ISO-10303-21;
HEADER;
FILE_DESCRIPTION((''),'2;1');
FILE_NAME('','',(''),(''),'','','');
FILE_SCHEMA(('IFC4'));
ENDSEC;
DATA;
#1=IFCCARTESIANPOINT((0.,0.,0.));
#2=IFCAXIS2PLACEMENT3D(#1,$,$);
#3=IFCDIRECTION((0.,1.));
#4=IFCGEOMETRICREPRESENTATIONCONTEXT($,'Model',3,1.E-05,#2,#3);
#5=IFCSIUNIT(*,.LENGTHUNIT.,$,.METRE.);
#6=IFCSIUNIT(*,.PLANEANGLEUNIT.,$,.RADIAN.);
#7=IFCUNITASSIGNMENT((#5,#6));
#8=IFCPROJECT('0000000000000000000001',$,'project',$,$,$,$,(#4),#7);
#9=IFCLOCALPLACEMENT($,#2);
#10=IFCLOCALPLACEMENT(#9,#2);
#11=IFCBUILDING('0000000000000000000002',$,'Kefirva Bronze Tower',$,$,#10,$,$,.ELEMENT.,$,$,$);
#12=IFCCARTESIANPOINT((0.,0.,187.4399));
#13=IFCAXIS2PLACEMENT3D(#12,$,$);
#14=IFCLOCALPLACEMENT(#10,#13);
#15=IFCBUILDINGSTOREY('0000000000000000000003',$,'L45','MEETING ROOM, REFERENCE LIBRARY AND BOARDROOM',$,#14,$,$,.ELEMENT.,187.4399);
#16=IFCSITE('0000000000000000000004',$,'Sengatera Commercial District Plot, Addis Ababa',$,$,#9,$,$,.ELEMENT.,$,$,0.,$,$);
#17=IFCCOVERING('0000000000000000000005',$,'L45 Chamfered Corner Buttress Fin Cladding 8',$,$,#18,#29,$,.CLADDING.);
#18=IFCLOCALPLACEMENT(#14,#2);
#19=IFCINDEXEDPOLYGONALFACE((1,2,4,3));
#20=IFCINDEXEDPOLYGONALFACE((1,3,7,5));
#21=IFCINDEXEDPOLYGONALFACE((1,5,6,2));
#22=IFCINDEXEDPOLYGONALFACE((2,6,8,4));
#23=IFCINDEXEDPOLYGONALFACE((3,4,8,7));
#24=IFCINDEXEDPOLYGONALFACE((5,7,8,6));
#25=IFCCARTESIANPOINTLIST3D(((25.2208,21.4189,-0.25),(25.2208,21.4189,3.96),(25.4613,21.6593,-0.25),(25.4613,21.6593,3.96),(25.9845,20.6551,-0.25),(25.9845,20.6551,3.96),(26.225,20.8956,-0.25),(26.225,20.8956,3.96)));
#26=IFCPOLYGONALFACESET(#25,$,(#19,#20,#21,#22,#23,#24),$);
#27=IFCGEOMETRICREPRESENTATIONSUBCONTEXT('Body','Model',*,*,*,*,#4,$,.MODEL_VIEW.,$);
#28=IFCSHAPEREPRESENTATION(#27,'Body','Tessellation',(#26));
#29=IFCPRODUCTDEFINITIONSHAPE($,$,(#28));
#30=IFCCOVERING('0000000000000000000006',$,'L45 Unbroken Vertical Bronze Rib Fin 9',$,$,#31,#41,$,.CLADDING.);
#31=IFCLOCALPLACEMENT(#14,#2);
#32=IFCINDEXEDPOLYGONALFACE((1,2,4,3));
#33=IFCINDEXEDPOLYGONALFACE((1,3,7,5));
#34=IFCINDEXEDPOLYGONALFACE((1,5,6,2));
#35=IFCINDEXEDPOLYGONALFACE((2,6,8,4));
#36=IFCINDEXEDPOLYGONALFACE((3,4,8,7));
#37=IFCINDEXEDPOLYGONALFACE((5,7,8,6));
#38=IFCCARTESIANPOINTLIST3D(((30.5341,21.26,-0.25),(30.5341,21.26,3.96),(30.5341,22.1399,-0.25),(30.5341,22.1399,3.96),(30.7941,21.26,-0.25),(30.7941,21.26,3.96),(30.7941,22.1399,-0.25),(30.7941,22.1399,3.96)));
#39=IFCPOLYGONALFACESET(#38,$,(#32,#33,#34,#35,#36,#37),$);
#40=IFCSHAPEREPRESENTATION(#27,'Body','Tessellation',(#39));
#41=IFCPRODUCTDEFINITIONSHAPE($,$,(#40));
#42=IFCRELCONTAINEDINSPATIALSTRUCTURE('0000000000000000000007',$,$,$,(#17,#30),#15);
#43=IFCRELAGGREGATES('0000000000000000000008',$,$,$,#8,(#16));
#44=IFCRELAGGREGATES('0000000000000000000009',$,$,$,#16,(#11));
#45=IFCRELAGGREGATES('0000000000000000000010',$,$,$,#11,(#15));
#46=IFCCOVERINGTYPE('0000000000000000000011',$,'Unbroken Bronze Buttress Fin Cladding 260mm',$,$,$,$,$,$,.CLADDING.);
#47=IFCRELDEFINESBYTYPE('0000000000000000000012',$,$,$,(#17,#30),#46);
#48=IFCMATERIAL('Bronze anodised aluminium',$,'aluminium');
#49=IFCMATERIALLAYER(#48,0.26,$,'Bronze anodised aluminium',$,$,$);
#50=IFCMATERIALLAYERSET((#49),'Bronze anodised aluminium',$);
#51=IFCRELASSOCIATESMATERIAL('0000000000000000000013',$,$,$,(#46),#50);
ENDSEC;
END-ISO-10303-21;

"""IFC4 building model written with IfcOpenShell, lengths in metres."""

from ifc_helpers import new_model, si_unit, direction, frame, origin, origin_2d, place, context, subcontext, project, spatial, rectangle, extrude, material, layer, layer_set, type_object, element, save


model = new_model("IFC4")

# Units and contexts
model_context = context("Model", 3, precision=1e-05, world=origin(), true_north=direction((0.0, 1.0)))
body_context = subcontext(model_context, "Body", "Model", "MODEL_VIEW")
ifc_project = project(units=[si_unit("LENGTHUNIT", "METRE"), si_unit("PLANEANGLEUNIT", "RADIAN")], contexts=[model_context])

# Site, building, storey
site_placement = place(None, origin())
site = spatial("IfcSite", under=ifc_project, at=site_placement, Name="Sengatera Commercial District Plot, Addis Ababa", CompositionType="ELEMENT", RefElevation=0.0)
building_placement = place(site_placement, origin())
building = spatial("IfcBuilding", under=site, at=building_placement, Name="Kefirva Bronze Tower", CompositionType="ELEMENT")
storey_placement = place(building_placement, frame((0.0, 0.0, 187.4399)))
storey = spatial("IfcBuildingStorey", under=building, at=storey_placement, Name="L45", Description="MEETING ROOM, REFERENCE LIBRARY AND BOARDROOM", CompositionType="ELEMENT", Elevation=187.4399)

# Shared definitions
ifc_material_1 = material(Name="Bronze anodised aluminium", Category="aluminium")

# Coverings
ifc_layer_1 = layer(ifc_material_1, 0.26, Name="Bronze anodised aluminium")
ifc_layer_set_1 = layer_set([ifc_layer_1], Name="Bronze anodised aluminium")
covering_type_1 = type_object("IfcCoveringType", Name="Unbroken Bronze Buttress Fin Cladding 260mm", PredefinedType="CLADDING", material=ifc_layer_set_1)
covering_1_placement = place(storey_placement, frame((25.7229, 21.1572, -0.25), z_axis=(0.0, 0.0, 1.0), x_axis=(0.707107, 0.707107, 0.0)))
element("IfcCovering", 1, at=covering_1_placement, inside=storey, type_object=covering_type_1, Name="L45 Chamfered Corner Buttress Fin Cladding 8", PredefinedType="CLADDING", context=body_context, shape_type="SweptSolid", body=[
    extrude(rectangle(XDim=0.3401, YDim=1.0801, at=origin_2d()), origin(), (0.0, 0.0, 1.0), 4.21),
])
covering_2_placement = place(storey_placement, frame((30.6641, 21.7, -0.25), z_axis=(0.0, 0.0, 1.0), x_axis=(1.0, 0.0, 0.0)))
element("IfcCovering", 2, at=covering_2_placement, inside=storey, type_object=covering_type_1, Name="L45 Unbroken Vertical Bronze Rib Fin 9", PredefinedType="CLADDING", context=body_context, shape_type="SweptSolid", body=[
    extrude(rectangle(XDim=0.26, YDim=0.8799, at=origin_2d()), origin(), (0.0, 0.0, 1.0), 4.21),
])

save(model, "model.ifc")
